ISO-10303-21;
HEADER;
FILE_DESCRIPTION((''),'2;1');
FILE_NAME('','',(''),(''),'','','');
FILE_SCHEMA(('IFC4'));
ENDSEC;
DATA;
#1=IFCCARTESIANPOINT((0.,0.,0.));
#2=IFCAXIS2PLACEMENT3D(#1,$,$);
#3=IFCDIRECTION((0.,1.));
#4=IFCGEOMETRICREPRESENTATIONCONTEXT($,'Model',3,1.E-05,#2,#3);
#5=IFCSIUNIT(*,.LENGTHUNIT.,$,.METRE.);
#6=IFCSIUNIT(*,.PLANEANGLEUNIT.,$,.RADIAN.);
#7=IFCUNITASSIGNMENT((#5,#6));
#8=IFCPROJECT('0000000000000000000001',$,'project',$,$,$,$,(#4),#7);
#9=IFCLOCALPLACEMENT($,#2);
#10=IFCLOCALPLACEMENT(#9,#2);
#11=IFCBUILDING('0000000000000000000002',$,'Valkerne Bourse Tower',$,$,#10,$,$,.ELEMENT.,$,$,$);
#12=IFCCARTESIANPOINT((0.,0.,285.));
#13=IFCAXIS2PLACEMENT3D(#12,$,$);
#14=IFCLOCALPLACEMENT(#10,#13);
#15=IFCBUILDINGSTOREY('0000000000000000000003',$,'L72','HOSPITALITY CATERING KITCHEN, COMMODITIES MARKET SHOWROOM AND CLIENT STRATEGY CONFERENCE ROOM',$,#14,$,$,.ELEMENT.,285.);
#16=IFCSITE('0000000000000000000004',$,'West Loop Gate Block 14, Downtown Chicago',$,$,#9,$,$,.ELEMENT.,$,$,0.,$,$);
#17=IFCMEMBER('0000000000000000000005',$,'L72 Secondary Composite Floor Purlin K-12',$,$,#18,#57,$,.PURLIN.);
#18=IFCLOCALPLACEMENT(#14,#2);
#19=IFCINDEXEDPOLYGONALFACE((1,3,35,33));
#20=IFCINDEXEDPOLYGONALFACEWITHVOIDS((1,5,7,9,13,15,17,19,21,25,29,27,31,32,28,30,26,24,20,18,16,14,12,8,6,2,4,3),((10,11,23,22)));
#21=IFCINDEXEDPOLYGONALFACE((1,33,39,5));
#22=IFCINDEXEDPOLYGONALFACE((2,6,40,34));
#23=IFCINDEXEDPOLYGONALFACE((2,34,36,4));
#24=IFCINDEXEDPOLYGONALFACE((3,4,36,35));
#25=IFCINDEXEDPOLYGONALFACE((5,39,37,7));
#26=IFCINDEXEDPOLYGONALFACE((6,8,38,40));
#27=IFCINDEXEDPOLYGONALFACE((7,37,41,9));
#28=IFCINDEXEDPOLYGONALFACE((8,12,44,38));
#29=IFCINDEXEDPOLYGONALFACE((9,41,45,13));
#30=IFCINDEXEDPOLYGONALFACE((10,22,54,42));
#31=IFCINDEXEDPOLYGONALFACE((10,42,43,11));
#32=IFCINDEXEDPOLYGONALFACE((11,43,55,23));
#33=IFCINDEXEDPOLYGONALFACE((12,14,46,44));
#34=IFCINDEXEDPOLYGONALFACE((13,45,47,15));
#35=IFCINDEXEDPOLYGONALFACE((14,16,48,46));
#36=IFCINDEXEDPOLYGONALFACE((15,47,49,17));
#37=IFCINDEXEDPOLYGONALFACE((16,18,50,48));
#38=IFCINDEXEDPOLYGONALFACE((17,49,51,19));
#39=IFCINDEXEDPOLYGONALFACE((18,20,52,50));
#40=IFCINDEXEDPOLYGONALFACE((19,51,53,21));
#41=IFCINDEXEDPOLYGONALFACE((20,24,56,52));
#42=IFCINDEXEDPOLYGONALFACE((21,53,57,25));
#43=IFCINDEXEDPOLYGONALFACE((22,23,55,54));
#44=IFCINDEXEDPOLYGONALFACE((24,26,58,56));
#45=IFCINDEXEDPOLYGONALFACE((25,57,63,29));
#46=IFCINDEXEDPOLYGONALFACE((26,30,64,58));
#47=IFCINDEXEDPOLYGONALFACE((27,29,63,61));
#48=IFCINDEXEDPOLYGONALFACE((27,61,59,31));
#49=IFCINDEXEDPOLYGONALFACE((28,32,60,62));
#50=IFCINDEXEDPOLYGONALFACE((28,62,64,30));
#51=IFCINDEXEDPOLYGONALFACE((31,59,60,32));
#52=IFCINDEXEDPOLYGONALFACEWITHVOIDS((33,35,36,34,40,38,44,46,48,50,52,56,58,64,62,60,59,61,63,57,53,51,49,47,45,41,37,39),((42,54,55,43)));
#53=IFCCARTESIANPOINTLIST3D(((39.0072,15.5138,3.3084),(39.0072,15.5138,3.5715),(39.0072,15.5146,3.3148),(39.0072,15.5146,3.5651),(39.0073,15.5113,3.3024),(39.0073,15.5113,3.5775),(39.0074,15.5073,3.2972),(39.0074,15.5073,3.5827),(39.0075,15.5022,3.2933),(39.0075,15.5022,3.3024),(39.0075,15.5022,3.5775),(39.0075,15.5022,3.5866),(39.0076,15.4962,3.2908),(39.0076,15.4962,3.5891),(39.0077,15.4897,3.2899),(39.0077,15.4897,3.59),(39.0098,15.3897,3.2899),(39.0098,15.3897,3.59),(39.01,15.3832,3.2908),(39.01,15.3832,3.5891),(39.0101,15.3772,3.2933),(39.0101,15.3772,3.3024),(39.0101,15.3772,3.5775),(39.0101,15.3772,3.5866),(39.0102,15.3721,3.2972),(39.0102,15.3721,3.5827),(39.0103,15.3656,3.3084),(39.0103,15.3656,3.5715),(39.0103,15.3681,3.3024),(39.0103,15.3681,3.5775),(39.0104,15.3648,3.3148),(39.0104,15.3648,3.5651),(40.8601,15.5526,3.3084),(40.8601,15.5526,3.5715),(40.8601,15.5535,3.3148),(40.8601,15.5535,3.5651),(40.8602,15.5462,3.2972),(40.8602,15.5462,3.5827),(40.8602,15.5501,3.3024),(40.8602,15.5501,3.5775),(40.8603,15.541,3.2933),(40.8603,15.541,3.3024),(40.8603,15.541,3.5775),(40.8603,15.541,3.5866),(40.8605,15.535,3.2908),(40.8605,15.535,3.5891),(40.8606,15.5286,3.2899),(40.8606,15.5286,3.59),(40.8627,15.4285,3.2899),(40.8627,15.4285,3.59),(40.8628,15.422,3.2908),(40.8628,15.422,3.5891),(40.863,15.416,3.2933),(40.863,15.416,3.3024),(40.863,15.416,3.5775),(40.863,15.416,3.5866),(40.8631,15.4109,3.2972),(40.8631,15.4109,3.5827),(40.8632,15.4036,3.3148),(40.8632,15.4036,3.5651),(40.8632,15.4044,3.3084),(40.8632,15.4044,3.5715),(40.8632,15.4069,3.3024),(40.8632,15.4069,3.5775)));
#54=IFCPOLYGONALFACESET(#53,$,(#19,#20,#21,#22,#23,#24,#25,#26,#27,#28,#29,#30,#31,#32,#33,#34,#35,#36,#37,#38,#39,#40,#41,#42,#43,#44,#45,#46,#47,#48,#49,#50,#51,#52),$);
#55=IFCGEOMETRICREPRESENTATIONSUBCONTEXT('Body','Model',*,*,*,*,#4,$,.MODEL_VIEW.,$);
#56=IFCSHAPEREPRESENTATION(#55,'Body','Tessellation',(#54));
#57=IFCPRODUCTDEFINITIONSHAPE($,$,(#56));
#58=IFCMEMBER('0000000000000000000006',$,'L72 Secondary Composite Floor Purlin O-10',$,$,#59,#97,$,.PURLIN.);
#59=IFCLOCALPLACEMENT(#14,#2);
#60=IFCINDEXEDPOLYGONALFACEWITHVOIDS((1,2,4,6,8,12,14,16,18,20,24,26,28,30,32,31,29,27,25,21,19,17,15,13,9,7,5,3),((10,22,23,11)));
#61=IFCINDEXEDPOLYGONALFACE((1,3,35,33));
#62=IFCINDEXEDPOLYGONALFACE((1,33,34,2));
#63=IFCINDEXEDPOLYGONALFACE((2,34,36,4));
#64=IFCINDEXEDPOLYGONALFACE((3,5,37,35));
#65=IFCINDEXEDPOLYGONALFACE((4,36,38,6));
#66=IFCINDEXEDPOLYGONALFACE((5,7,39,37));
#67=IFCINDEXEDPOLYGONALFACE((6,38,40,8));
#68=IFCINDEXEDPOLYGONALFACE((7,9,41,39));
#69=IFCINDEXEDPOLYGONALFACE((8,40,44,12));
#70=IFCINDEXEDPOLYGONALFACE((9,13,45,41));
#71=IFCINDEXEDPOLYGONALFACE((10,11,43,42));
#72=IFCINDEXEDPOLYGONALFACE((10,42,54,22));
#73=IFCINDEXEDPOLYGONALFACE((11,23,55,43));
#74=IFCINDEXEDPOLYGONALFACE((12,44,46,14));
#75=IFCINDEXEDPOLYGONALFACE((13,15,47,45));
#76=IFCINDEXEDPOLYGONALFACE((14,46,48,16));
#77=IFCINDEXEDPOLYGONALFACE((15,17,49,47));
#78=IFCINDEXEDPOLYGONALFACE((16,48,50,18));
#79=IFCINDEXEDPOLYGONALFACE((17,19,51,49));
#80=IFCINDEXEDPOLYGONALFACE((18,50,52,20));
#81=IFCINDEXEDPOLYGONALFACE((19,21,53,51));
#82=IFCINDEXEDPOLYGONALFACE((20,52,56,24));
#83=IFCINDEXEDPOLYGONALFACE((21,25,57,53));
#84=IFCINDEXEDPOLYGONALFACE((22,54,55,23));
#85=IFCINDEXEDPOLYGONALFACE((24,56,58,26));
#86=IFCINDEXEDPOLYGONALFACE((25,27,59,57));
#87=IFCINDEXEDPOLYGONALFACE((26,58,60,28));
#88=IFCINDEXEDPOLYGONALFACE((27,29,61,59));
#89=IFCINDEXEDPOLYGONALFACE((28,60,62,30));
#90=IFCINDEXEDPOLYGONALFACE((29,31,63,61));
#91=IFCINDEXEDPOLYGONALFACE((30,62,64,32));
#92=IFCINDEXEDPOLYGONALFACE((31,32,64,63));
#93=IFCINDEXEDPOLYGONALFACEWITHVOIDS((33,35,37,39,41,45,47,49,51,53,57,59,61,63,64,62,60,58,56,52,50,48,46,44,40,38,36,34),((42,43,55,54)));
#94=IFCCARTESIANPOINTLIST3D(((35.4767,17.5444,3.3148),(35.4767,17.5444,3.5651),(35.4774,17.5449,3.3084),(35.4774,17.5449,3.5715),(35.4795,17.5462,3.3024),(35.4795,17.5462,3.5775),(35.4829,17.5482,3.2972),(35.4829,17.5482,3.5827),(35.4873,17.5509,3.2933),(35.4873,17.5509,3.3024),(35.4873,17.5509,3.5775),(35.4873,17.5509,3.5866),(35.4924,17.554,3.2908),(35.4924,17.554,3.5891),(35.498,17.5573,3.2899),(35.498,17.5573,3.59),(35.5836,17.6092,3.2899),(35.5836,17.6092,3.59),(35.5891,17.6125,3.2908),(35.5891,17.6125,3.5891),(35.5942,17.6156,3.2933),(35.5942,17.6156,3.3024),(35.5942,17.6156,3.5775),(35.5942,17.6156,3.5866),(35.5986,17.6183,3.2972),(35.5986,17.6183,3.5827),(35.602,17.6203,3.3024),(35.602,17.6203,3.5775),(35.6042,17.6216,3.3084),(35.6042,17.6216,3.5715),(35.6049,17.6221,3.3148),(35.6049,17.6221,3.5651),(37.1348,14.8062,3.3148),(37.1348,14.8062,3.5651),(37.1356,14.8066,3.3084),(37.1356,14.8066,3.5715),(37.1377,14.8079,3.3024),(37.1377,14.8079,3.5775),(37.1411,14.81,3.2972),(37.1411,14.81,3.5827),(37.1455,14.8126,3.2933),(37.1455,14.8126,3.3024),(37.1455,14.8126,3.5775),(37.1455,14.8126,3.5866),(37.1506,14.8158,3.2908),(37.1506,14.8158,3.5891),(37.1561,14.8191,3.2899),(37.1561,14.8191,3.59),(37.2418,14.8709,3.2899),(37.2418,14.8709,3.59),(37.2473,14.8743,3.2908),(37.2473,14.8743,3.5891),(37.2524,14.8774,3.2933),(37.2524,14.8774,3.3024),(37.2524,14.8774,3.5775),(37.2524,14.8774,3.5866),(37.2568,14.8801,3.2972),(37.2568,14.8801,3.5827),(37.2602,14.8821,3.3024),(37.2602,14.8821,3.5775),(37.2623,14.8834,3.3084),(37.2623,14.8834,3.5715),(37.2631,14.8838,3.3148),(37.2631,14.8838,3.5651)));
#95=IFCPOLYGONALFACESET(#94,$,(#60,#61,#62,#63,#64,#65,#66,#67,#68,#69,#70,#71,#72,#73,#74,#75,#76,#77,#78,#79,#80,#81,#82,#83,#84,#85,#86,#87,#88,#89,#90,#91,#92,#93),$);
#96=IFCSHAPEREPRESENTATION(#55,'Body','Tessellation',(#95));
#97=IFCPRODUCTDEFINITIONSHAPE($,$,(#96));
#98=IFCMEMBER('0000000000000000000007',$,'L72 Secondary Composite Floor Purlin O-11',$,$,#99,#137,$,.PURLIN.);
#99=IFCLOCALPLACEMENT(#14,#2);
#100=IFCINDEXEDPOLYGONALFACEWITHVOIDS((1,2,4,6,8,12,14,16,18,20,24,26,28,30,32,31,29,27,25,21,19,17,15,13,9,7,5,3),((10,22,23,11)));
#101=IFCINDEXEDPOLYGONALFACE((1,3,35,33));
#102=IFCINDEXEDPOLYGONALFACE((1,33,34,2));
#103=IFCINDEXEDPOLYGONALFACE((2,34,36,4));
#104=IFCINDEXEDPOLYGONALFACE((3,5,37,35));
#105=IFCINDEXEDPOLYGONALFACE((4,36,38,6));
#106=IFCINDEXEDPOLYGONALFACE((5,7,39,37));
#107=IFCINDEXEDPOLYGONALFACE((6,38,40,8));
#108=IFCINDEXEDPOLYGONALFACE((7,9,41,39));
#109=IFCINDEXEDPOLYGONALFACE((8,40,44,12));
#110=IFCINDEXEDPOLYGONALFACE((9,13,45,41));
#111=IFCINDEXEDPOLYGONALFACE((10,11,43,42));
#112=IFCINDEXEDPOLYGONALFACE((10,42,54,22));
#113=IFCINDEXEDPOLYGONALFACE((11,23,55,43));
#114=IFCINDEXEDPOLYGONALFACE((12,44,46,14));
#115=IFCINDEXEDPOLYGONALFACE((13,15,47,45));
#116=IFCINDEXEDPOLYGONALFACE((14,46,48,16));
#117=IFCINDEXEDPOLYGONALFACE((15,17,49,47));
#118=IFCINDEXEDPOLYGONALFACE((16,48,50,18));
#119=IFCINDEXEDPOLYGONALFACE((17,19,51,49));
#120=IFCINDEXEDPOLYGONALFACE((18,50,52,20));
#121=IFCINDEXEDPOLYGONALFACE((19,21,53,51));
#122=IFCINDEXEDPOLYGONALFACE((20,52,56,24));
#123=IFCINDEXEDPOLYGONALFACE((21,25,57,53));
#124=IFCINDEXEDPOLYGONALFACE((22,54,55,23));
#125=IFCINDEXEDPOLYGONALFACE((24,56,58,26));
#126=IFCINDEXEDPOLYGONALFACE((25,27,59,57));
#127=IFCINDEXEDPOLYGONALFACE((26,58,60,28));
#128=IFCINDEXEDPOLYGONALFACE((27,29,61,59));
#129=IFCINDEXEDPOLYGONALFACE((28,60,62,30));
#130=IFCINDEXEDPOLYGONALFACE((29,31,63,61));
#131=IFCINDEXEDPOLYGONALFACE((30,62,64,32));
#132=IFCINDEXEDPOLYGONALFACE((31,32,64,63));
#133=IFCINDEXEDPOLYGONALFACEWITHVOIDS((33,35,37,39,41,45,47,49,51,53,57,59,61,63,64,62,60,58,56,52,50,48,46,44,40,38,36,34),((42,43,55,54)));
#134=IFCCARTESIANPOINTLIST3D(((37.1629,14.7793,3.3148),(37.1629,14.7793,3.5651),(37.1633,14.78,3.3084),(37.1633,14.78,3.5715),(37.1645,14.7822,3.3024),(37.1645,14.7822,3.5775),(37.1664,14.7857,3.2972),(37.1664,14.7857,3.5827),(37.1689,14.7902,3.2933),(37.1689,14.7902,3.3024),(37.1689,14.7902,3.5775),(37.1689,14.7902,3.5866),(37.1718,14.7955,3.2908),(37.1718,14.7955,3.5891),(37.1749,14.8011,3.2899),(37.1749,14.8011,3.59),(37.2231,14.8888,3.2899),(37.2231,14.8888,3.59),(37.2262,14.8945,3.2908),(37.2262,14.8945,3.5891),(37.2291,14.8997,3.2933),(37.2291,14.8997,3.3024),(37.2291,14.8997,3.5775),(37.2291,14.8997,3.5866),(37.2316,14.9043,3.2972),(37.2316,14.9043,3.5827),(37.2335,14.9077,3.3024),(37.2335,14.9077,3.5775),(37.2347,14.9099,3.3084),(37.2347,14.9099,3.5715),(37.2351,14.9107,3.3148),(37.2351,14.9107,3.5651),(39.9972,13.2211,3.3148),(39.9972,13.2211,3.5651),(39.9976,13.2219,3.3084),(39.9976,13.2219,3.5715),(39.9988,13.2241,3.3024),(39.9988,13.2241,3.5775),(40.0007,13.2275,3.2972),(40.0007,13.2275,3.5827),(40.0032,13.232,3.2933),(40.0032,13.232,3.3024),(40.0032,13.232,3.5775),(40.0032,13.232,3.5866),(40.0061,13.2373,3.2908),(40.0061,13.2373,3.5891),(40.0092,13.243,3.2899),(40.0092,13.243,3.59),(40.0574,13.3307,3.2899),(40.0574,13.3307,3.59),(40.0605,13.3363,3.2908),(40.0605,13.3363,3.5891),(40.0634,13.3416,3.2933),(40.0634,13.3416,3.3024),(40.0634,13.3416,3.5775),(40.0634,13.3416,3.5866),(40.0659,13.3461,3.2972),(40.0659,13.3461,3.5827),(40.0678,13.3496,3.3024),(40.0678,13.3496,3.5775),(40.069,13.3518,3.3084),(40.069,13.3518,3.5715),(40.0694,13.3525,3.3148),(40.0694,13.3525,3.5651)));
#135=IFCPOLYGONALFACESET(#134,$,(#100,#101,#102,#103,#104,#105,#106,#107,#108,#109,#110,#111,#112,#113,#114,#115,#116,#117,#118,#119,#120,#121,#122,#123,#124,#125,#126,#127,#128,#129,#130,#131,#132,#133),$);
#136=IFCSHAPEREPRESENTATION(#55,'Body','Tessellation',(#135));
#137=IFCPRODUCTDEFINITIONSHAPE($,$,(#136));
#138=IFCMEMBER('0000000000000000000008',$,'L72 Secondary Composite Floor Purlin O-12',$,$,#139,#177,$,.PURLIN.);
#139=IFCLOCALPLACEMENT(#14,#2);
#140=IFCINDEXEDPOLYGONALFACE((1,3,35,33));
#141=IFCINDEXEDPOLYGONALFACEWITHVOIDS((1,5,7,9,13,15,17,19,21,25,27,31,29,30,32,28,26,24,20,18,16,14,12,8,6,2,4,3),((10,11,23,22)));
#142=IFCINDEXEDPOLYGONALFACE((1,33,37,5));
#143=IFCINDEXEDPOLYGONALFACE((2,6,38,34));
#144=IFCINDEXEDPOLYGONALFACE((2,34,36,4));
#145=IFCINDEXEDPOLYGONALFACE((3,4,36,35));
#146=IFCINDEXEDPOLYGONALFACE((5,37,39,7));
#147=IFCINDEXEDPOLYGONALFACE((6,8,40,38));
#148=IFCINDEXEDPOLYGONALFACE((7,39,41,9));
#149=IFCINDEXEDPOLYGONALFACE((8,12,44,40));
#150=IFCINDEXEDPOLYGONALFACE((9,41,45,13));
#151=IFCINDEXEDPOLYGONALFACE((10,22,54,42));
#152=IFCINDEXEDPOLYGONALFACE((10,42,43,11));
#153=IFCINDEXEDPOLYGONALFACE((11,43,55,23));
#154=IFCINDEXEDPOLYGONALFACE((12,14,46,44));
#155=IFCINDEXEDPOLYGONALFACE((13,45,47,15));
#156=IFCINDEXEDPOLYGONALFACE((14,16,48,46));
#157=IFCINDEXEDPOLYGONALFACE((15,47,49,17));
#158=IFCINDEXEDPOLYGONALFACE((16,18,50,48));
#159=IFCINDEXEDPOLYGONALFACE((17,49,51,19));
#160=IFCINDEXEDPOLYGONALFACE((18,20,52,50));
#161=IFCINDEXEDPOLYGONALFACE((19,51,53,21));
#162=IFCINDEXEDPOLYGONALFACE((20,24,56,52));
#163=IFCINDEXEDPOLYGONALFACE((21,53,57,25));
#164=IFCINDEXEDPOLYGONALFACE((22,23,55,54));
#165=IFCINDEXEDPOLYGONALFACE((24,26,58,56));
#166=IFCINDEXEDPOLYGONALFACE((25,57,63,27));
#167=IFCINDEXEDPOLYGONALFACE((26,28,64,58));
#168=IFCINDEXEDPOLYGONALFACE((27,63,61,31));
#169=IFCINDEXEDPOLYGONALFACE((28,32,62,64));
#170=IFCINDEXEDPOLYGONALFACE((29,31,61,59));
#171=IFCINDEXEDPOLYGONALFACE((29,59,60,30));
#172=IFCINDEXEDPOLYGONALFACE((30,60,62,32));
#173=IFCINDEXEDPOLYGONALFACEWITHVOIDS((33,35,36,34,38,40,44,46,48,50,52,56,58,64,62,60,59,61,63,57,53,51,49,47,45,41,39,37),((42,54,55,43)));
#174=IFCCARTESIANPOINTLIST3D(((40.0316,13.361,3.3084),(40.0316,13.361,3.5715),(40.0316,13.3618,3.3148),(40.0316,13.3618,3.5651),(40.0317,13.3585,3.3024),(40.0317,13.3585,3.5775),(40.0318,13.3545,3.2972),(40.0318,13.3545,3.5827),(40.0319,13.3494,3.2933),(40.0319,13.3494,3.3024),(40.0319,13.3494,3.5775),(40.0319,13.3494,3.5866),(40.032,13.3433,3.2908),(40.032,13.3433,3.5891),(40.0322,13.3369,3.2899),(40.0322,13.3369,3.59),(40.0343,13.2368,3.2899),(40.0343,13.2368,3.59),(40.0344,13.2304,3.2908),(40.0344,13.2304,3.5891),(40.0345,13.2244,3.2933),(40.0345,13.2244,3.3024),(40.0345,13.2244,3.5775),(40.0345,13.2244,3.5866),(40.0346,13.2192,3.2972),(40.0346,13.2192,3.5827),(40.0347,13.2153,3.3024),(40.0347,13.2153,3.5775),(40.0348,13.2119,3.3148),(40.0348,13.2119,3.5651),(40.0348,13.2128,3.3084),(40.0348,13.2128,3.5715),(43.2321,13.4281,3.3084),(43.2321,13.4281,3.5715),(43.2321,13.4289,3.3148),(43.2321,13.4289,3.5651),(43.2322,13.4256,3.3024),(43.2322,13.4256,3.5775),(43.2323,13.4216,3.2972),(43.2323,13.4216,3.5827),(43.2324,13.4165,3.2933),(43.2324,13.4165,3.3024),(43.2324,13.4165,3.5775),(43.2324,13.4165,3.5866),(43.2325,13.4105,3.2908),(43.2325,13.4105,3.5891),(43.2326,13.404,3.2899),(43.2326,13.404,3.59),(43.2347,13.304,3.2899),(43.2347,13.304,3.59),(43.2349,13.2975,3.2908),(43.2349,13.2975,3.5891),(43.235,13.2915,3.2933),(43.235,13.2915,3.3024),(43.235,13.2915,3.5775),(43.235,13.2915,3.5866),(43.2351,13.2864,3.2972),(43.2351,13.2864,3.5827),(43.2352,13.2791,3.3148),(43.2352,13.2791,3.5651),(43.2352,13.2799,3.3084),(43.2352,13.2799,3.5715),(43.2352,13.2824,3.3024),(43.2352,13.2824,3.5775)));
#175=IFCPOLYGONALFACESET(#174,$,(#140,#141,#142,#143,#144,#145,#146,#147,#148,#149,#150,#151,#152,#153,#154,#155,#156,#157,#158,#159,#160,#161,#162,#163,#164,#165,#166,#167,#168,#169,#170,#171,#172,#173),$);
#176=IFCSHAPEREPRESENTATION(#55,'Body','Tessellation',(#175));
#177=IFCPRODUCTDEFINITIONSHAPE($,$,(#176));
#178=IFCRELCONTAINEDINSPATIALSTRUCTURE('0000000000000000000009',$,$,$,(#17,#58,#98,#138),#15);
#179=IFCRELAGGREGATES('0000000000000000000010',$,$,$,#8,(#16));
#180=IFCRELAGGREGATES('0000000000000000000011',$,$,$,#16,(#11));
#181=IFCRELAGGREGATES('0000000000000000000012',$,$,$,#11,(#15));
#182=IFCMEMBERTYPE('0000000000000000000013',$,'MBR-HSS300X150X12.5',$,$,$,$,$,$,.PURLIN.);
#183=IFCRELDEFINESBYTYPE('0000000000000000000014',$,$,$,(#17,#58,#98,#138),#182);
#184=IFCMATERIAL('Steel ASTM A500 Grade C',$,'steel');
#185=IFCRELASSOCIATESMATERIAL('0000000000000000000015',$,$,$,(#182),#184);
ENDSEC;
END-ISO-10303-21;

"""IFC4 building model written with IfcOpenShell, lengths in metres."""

from ifc_helpers import new_model, si_unit, direction, frame, origin, origin_2d, place, context, subcontext, project, spatial, hollow_rectangle, extrude, material, material_profile, profile_set, type_object, element, save


model = new_model("IFC4")

# Units and contexts
model_context = context("Model", 3, precision=1e-05, world=origin(), true_north=direction((0.0, 1.0)))
body_context = subcontext(model_context, "Body", "Model", "MODEL_VIEW")
ifc_project = project(units=[si_unit("LENGTHUNIT", "METRE"), si_unit("PLANEANGLEUNIT", "RADIAN")], contexts=[model_context])

# Site, building, storey
site_placement = place(None, origin())
site = spatial("IfcSite", under=ifc_project, at=site_placement, Name="West Loop Gate Block 14, Downtown Chicago", CompositionType="ELEMENT", RefElevation=0.0)
building_placement = place(site_placement, origin())
building = spatial("IfcBuilding", under=site, at=building_placement, Name="Valkerne Bourse Tower", CompositionType="ELEMENT")
storey_placement = place(building_placement, frame((0.0, 0.0, 285.0)))
storey = spatial("IfcBuildingStorey", under=building, at=storey_placement, Name="L72", Description="HOSPITALITY CATERING KITCHEN, COMMODITIES MARKET SHOWROOM AND CLIENT STRATEGY CONFERENCE ROOM", CompositionType="ELEMENT", Elevation=285.0)

# Members
ifc_material_1 = material(Name="Steel ASTM A500 Grade C", Category="steel")
ifc_material_profile_1 = material_profile(ifc_material_1, hollow_rectangle(XDim=0.1499, YDim=0.3, WallThickness=0.0125, OuterFilletRadius=0.0249, at=origin_2d()), Name="HSS300X150X12.5")
ifc_profile_set_1 = profile_set([ifc_material_profile_1], Name="Steel ASTM A500 Grade C")
member_type_1 = type_object("IfcMemberType", Name="MBR-HSS300X150X12.5", PredefinedType="PURLIN", material=ifc_profile_set_1)
member_1_placement = place(storey_placement, frame((39.0088, 15.4397, 3.4399), z_axis=(0.999781, 0.020947, 0.0), x_axis=(-0.020947, 0.999781, 0.0)))
element("IfcMember", 1, at=member_1_placement, inside=storey, type_object=member_type_1, Name="L72 Secondary Composite Floor Purlin K-12", PredefinedType="PURLIN", context=body_context, shape_type="SweptSolid", body=[
    extrude(hollow_rectangle(XDim=0.1499, YDim=0.3, WallThickness=0.0125, OuterFilletRadius=0.0249, at=origin_2d()), origin(), (0.0, 0.0, 1.0), 1.8533),
])
member_2_placement = place(storey_placement, frame((35.5408, 17.5833, 3.4399), z_axis=(0.517991, -0.855386, 0.0), x_axis=(0.855386, 0.517991, 0.0)))
element("IfcMember", 2, at=member_2_placement, inside=storey, type_object=member_type_1, Name="L72 Secondary Composite Floor Purlin O-10", PredefinedType="PURLIN", context=body_context, shape_type="SweptSolid", body=[
    extrude(hollow_rectangle(XDim=0.1499, YDim=0.3, WallThickness=0.0125, OuterFilletRadius=0.0249, at=origin_2d()), origin(), (0.0, 0.0, 1.0), 3.2012),
])
member_3_placement = place(storey_placement, frame((37.199, 14.845, 3.4399), z_axis=(0.87631, -0.481748, 0.0), x_axis=(0.481748, 0.87631, 0.0)))
element("IfcMember", 3, at=member_3_placement, inside=storey, type_object=member_type_1, Name="L72 Secondary Composite Floor Purlin O-11", PredefinedType="PURLIN", context=body_context, shape_type="SweptSolid", body=[
    extrude(hollow_rectangle(XDim=0.1499, YDim=0.3, WallThickness=0.0125, OuterFilletRadius=0.0249, at=origin_2d()), origin(), (0.0, 0.0, 1.0), 3.2344),
])
member_4_placement = place(storey_placement, frame((40.0332, 13.2869, 3.4399), z_axis=(0.99978, 0.020973, 0.0), x_axis=(-0.020973, 0.99978, 0.0)))
element("IfcMember", 4, at=member_4_placement, inside=storey, type_object=member_type_1, Name="L72 Secondary Composite Floor Purlin O-12", PredefinedType="PURLIN", context=body_context, shape_type="SweptSolid", body=[
    extrude(hollow_rectangle(XDim=0.1499, YDim=0.3, WallThickness=0.0125, OuterFilletRadius=0.0249, at=origin_2d()), origin(), (0.0, 0.0, 1.0), 3.2012),
])

save(model, "model.ifc")
